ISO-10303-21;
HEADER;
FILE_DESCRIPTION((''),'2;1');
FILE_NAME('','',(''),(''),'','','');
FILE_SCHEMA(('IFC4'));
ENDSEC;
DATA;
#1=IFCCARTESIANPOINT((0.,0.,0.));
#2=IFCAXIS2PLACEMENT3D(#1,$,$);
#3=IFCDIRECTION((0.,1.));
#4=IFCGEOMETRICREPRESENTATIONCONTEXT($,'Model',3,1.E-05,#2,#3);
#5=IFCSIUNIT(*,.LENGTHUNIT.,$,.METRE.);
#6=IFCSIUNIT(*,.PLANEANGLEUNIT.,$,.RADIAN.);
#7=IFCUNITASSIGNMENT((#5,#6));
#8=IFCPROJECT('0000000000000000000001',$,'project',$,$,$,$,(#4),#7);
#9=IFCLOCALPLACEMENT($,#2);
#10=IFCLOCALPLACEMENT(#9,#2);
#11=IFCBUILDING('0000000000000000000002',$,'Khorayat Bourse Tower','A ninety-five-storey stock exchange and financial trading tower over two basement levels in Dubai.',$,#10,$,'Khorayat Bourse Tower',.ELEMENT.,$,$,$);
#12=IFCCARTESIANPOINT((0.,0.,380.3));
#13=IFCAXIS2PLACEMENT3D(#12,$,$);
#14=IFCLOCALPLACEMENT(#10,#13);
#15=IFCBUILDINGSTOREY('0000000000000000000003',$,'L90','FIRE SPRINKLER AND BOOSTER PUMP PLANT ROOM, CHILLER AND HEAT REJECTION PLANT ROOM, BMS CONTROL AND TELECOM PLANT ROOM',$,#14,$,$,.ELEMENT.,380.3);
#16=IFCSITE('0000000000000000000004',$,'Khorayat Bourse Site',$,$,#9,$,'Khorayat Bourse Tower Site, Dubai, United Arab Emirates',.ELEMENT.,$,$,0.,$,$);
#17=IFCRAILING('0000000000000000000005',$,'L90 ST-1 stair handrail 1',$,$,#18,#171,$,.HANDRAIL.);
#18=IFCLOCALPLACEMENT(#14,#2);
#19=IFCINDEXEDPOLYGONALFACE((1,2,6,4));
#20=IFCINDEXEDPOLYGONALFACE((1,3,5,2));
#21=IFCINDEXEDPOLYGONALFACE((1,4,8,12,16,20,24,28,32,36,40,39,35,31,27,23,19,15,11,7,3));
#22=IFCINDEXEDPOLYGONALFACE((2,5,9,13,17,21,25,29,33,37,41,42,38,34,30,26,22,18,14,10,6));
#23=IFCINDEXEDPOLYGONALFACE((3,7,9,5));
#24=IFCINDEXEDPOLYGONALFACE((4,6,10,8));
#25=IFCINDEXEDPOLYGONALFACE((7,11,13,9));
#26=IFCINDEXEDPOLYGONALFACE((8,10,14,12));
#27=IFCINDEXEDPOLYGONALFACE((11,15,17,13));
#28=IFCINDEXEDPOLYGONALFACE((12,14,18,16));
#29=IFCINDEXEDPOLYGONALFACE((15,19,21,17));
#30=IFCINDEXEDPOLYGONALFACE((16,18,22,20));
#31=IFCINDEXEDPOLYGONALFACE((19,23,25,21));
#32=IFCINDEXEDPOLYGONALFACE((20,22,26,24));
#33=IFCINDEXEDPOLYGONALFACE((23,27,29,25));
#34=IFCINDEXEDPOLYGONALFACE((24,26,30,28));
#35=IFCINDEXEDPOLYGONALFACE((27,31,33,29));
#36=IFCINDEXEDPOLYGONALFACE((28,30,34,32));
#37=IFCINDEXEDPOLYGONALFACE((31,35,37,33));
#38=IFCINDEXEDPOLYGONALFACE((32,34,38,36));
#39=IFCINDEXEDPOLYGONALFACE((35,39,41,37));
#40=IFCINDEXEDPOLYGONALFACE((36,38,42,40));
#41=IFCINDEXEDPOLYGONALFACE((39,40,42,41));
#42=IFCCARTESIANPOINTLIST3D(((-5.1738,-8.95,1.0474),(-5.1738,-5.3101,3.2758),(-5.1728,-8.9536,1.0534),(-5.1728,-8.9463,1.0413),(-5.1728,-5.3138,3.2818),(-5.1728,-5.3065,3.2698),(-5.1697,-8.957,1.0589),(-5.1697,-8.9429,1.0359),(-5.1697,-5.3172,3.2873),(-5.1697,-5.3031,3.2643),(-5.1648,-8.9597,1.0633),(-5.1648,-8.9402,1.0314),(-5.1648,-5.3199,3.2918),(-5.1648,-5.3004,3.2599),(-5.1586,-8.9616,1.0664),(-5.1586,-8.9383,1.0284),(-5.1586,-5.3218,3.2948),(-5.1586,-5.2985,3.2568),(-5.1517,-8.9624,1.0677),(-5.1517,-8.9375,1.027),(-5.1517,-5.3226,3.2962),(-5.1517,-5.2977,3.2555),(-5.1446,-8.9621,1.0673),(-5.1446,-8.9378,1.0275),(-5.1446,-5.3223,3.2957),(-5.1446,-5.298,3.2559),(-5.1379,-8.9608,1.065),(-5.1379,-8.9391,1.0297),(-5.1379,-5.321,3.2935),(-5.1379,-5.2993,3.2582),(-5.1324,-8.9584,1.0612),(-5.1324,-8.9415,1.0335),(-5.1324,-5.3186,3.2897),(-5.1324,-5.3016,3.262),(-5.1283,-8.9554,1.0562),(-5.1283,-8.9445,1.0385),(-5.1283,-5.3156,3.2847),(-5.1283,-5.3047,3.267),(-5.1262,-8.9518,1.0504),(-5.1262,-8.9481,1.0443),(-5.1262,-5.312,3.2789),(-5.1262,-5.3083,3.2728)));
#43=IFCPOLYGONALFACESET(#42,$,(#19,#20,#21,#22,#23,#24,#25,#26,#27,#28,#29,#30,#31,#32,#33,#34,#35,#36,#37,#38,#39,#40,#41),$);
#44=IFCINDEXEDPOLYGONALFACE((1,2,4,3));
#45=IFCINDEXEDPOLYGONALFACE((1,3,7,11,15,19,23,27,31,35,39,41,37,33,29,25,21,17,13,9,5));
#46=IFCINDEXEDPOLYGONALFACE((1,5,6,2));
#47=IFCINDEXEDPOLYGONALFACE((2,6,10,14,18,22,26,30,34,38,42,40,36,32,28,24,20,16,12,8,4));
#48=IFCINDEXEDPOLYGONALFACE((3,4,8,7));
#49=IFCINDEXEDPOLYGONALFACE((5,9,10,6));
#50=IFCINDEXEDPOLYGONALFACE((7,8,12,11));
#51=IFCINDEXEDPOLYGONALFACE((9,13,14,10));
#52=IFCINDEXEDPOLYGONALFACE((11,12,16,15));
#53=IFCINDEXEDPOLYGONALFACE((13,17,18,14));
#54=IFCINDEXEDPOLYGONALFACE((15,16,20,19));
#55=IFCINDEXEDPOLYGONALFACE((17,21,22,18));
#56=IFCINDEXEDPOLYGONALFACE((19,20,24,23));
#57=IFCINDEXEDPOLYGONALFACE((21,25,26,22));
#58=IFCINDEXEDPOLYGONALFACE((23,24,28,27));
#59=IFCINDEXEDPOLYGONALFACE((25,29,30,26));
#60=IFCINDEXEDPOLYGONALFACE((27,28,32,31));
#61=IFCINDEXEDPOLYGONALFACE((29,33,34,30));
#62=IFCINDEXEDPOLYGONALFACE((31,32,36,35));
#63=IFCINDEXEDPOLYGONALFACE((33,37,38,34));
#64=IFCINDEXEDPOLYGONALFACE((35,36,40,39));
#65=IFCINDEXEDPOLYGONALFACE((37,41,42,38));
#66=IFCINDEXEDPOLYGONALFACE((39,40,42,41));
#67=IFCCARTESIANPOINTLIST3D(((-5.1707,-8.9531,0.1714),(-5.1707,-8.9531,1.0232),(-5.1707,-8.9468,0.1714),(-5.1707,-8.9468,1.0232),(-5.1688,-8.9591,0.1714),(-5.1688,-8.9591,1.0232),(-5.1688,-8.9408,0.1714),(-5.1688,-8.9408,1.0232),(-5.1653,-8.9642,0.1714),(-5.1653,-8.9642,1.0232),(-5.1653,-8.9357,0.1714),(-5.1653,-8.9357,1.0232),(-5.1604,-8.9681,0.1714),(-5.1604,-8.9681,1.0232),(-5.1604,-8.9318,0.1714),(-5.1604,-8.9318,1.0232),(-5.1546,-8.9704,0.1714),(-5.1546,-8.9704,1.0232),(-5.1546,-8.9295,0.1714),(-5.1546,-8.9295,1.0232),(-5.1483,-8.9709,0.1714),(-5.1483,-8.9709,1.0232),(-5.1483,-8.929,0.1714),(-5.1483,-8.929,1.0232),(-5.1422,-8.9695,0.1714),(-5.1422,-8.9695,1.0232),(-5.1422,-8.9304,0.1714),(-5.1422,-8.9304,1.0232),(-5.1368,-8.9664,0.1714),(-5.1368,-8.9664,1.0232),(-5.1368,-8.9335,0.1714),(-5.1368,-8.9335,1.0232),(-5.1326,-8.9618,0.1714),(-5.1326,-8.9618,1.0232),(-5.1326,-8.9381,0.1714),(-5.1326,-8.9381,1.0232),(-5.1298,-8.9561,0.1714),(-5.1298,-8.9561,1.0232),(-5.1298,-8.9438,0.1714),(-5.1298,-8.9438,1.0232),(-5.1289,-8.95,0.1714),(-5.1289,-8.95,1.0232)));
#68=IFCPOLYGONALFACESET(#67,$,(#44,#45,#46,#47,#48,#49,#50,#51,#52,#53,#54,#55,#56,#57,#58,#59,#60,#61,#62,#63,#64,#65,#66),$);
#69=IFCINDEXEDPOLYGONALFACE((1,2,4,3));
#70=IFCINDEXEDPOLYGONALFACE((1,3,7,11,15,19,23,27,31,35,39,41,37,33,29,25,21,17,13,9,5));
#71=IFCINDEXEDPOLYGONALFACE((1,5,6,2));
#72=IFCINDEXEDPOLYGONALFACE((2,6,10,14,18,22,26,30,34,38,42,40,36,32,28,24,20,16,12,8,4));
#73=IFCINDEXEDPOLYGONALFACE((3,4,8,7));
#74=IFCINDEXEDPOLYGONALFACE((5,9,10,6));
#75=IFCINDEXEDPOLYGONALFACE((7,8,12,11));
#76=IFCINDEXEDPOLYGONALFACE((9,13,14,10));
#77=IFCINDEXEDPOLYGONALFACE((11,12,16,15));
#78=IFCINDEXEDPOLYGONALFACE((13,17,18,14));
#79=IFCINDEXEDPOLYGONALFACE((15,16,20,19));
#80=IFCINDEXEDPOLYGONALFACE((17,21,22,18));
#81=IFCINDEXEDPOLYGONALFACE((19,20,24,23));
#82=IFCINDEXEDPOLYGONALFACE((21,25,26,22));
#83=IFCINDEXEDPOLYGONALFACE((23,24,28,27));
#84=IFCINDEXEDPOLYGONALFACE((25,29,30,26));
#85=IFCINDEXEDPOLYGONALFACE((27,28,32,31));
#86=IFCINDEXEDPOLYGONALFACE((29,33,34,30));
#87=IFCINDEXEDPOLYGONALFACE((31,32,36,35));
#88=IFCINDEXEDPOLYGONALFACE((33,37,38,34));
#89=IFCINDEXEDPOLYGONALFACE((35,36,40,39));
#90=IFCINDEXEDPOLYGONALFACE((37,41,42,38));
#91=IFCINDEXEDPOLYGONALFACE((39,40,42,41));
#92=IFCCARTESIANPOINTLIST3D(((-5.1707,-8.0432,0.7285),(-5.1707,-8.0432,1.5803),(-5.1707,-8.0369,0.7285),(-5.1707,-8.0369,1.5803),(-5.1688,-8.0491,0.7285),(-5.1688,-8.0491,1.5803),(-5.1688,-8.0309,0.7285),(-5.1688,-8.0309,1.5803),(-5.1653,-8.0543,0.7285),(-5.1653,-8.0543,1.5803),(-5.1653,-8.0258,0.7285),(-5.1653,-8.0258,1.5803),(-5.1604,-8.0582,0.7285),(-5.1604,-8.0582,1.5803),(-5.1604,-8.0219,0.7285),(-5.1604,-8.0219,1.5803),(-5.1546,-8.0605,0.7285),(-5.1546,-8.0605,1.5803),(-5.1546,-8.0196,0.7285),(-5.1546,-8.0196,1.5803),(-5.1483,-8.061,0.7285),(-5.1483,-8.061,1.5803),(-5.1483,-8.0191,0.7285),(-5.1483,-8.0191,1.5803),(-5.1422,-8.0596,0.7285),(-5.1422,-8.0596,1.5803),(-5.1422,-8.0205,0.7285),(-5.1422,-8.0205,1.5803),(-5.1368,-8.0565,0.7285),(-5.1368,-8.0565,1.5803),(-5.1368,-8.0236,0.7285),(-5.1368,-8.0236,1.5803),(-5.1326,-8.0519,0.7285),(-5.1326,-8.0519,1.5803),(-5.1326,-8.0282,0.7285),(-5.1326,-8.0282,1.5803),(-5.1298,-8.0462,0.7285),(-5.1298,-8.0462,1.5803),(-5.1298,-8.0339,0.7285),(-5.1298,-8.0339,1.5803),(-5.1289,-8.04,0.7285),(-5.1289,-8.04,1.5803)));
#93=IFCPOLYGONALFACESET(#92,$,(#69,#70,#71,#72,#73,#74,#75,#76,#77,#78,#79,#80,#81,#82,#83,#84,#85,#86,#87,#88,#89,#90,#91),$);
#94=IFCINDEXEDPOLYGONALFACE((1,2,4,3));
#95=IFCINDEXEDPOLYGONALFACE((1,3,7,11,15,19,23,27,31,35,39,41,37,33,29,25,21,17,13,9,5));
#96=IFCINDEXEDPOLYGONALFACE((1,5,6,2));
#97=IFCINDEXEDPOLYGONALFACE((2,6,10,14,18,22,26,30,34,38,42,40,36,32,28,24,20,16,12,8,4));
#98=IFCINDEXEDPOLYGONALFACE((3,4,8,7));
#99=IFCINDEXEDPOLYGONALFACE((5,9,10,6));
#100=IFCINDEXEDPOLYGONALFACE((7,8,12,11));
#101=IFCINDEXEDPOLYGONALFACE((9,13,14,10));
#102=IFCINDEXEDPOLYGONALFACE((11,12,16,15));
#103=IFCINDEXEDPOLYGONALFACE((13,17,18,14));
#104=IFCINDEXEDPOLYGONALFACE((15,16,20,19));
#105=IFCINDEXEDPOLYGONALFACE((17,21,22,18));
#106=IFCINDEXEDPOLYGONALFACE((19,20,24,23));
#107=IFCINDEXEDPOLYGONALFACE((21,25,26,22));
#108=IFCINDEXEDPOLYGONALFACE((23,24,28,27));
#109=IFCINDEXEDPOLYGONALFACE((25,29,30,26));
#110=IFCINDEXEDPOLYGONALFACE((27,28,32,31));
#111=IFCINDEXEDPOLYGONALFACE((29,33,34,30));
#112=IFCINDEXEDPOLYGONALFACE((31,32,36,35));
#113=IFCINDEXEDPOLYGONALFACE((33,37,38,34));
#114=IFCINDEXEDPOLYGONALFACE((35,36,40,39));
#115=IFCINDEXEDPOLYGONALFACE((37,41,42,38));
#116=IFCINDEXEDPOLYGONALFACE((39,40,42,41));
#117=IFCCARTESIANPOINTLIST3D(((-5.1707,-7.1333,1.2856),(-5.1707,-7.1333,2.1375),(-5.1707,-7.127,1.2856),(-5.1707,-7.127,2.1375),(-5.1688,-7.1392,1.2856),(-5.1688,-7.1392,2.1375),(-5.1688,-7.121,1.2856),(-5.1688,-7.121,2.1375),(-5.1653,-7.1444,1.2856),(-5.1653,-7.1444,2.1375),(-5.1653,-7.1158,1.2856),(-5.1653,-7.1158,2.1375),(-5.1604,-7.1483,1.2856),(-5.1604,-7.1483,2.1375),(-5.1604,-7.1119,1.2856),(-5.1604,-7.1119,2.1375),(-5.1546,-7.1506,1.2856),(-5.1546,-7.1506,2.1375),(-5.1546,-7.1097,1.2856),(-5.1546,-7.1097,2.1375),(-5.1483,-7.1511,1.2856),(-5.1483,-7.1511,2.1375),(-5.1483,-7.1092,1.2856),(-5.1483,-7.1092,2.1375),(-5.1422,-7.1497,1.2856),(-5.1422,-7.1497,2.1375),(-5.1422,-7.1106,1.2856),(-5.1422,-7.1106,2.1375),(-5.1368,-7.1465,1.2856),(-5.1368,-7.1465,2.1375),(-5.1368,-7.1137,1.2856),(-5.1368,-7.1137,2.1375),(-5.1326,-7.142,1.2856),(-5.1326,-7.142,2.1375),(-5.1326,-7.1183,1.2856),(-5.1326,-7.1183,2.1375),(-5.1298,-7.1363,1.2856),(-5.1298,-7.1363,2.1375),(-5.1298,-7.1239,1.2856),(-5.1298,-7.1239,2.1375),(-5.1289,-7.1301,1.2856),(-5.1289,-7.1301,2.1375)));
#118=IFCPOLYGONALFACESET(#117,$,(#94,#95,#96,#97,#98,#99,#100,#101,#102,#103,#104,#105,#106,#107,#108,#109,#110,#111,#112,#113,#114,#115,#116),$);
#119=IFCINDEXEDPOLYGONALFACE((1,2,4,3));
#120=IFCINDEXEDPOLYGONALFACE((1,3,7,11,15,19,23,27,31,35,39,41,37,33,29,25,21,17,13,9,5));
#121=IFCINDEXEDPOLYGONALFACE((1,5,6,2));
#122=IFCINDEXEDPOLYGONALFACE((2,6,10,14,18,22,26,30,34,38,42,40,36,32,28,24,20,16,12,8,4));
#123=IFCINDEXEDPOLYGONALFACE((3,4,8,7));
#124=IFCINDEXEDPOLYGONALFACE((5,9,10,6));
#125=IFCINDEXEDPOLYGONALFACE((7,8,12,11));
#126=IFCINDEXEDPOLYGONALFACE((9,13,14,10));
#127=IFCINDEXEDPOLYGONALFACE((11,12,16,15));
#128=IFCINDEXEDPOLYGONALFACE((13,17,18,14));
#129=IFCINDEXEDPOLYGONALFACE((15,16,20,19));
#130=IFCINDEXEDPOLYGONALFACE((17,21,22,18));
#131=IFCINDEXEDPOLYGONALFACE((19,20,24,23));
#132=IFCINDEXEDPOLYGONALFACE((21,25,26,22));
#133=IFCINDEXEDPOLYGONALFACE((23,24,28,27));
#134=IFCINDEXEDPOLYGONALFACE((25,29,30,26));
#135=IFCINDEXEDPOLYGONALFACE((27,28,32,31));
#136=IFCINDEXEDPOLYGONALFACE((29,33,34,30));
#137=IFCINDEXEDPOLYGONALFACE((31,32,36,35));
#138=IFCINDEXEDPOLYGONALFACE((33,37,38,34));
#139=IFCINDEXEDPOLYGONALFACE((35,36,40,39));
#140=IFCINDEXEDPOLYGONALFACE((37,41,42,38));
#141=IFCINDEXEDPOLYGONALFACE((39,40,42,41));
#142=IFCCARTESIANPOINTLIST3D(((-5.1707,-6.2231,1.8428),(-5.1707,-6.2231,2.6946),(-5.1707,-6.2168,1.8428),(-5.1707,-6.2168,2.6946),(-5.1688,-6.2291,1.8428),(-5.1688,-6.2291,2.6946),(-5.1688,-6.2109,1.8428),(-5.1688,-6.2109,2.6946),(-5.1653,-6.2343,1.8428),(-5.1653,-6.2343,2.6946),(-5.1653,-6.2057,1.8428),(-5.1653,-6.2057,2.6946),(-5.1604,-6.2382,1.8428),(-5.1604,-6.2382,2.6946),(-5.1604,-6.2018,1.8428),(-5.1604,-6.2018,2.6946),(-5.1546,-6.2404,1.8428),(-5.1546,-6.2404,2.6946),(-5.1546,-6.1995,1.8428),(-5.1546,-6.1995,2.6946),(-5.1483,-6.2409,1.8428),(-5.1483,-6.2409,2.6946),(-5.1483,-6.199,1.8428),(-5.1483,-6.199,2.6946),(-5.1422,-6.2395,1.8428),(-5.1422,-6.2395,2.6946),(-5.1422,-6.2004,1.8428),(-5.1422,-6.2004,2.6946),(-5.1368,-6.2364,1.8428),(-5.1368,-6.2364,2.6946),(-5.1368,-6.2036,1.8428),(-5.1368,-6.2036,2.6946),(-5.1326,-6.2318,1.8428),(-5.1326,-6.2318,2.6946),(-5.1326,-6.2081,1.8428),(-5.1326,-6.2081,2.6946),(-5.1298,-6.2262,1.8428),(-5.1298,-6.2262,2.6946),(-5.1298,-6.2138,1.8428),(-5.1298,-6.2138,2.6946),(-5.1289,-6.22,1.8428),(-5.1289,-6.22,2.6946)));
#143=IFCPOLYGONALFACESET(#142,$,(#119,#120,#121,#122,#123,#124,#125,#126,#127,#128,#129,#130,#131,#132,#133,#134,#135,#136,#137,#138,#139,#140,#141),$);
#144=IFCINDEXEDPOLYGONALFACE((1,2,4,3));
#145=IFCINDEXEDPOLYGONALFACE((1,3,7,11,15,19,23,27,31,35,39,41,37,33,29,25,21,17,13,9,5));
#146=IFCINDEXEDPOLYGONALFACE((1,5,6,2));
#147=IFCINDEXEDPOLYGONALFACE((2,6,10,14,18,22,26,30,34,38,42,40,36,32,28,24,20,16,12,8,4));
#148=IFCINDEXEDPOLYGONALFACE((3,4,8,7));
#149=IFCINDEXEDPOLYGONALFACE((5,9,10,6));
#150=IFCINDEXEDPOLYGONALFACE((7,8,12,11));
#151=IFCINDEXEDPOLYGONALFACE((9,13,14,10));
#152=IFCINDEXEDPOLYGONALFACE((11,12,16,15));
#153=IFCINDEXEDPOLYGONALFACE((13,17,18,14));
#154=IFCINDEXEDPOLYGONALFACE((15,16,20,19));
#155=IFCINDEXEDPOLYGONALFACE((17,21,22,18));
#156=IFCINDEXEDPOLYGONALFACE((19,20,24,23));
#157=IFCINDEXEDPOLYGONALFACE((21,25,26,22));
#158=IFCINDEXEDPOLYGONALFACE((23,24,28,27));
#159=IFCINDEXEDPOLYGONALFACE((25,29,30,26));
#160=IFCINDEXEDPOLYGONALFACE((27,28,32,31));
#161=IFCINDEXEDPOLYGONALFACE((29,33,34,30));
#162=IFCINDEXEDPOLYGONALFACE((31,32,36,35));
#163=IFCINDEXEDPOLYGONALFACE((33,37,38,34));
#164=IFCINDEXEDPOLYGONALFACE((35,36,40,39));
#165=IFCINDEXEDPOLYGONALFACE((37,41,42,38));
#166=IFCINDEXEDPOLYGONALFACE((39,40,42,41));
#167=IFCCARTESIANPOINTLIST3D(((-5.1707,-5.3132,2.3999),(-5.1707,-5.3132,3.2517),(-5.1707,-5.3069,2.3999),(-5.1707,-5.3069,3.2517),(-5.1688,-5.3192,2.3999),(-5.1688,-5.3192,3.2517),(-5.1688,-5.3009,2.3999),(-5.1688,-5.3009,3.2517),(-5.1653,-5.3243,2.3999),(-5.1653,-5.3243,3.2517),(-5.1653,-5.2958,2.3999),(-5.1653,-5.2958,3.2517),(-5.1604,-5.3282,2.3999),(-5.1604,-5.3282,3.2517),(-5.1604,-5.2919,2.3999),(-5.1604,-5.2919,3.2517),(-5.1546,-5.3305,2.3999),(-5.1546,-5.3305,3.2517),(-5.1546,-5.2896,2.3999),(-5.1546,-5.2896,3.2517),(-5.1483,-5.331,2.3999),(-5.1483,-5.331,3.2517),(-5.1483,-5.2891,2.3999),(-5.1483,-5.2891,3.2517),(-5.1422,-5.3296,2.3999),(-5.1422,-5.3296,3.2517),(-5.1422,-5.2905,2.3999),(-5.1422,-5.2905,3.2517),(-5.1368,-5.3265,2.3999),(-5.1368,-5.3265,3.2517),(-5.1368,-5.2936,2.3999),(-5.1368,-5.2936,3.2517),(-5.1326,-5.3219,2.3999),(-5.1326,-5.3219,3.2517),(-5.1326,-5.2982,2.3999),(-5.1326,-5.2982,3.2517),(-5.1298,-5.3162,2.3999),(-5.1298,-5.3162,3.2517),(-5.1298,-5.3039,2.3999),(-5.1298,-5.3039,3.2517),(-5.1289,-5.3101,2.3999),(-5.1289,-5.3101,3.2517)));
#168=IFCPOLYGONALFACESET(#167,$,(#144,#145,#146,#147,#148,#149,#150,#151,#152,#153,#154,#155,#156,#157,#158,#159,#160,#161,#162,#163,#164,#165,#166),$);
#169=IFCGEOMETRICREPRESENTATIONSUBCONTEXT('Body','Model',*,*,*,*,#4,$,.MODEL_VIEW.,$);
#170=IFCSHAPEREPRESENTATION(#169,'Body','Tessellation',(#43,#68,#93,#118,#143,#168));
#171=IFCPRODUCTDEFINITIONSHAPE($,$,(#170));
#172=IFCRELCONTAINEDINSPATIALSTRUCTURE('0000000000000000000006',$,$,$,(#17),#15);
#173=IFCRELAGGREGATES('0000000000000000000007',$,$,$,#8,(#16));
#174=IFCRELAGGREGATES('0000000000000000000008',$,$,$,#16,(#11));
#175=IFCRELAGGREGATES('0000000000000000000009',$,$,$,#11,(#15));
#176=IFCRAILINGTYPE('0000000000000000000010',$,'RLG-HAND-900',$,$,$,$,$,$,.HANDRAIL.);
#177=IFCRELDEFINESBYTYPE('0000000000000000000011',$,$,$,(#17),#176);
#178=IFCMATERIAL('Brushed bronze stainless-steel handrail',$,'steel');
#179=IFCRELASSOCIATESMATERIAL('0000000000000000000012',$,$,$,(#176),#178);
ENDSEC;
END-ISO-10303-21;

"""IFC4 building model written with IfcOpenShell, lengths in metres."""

from ifc_helpers import new_model, si_unit, direction, frame, origin, origin_2d, place, context, subcontext, project, spatial, circle, extrude, source, transform, mapped, material, type_object, element, save


model = new_model("IFC4")

# Units and contexts
model_context = context("Model", 3, precision=1e-05, world=origin(), true_north=direction((0.0, 1.0)))
body_context = subcontext(model_context, "Body", "Model", "MODEL_VIEW")
ifc_project = project(units=[si_unit("LENGTHUNIT", "METRE"), si_unit("PLANEANGLEUNIT", "RADIAN")], contexts=[model_context])

# Site, building, storey
site_placement = place(None, origin())
site = spatial("IfcSite", under=ifc_project, at=site_placement, Name="Khorayat Bourse Site", LongName="Khorayat Bourse Tower Site, Dubai, United Arab Emirates", CompositionType="ELEMENT", RefElevation=0.0)
building_placement = place(site_placement, origin())
building = spatial("IfcBuilding", under=site, at=building_placement, Name="Khorayat Bourse Tower", Description="A ninety-five-storey stock exchange and financial trading tower over two basement levels in Dubai.", LongName="Khorayat Bourse Tower", CompositionType="ELEMENT")
storey_placement = place(building_placement, frame((0.0, 0.0, 380.3)))
storey = spatial("IfcBuildingStorey", under=building, at=storey_placement, Name="L90", Description="FIRE SPRINKLER AND BOOSTER PUMP PLANT ROOM, CHILLER AND HEAT REJECTION PLANT ROOM, BMS CONTROL AND TELECOM PLANT ROOM", CompositionType="ELEMENT", Elevation=380.3)

# Railing
ifc_material_1 = material(Name="Brushed bronze stainless-steel handrail", Category="steel")
railing_type_1 = type_object("IfcRailingType", Name="RLG-HAND-900", PredefinedType="HANDRAIL", material=ifc_material_1)
shared_shape_1 = source(origin(), body_context, "Body", "SweptSolid", [
    extrude(circle(Radius=0.0239, at=origin_2d()), frame((0.0, 0.0, 0.876), z_axis=(0.0, 0.85285, 0.522156), x_axis=(-1.0, 0.0, 0.0)), (0.0, 0.0, 1.0), 4.2678),
    extrude(circle(Radius=0.021, at=origin_2d()), origin(), (0.0, 0.0, 1.0), 0.8518),
    extrude(circle(Radius=0.021, at=origin_2d()), frame((0.0, 0.9099, 0.5571)), (0.0, 0.0, 1.0), 0.8518),
    extrude(circle(Radius=0.021, at=origin_2d()), frame((0.0, 1.8198, 1.1143)), (0.0, 0.0, 1.0), 0.8518),
    extrude(circle(Radius=0.021, at=origin_2d()), frame((0.0, 2.73, 1.6714)), (0.0, 0.0, 1.0), 0.8518),
    extrude(circle(Radius=0.021, at=origin_2d()), frame((0.0, 3.6399, 2.2285)), (0.0, 0.0, 1.0), 0.8518),
])
railing_1_placement = place(storey_placement, frame((-5.1499, -8.95, 0.1714)))
element("IfcRailing", 1, at=railing_1_placement, inside=storey, type_object=railing_type_1, Name="L90 ST-1 stair handrail 1", PredefinedType="HANDRAIL", context=body_context, shape_type="MappedRepresentation", body=[
    mapped(shared_shape_1, transform((0.0, 0.0, 0.0), scale=1.0)),
])

save(model, "model.ifc")
